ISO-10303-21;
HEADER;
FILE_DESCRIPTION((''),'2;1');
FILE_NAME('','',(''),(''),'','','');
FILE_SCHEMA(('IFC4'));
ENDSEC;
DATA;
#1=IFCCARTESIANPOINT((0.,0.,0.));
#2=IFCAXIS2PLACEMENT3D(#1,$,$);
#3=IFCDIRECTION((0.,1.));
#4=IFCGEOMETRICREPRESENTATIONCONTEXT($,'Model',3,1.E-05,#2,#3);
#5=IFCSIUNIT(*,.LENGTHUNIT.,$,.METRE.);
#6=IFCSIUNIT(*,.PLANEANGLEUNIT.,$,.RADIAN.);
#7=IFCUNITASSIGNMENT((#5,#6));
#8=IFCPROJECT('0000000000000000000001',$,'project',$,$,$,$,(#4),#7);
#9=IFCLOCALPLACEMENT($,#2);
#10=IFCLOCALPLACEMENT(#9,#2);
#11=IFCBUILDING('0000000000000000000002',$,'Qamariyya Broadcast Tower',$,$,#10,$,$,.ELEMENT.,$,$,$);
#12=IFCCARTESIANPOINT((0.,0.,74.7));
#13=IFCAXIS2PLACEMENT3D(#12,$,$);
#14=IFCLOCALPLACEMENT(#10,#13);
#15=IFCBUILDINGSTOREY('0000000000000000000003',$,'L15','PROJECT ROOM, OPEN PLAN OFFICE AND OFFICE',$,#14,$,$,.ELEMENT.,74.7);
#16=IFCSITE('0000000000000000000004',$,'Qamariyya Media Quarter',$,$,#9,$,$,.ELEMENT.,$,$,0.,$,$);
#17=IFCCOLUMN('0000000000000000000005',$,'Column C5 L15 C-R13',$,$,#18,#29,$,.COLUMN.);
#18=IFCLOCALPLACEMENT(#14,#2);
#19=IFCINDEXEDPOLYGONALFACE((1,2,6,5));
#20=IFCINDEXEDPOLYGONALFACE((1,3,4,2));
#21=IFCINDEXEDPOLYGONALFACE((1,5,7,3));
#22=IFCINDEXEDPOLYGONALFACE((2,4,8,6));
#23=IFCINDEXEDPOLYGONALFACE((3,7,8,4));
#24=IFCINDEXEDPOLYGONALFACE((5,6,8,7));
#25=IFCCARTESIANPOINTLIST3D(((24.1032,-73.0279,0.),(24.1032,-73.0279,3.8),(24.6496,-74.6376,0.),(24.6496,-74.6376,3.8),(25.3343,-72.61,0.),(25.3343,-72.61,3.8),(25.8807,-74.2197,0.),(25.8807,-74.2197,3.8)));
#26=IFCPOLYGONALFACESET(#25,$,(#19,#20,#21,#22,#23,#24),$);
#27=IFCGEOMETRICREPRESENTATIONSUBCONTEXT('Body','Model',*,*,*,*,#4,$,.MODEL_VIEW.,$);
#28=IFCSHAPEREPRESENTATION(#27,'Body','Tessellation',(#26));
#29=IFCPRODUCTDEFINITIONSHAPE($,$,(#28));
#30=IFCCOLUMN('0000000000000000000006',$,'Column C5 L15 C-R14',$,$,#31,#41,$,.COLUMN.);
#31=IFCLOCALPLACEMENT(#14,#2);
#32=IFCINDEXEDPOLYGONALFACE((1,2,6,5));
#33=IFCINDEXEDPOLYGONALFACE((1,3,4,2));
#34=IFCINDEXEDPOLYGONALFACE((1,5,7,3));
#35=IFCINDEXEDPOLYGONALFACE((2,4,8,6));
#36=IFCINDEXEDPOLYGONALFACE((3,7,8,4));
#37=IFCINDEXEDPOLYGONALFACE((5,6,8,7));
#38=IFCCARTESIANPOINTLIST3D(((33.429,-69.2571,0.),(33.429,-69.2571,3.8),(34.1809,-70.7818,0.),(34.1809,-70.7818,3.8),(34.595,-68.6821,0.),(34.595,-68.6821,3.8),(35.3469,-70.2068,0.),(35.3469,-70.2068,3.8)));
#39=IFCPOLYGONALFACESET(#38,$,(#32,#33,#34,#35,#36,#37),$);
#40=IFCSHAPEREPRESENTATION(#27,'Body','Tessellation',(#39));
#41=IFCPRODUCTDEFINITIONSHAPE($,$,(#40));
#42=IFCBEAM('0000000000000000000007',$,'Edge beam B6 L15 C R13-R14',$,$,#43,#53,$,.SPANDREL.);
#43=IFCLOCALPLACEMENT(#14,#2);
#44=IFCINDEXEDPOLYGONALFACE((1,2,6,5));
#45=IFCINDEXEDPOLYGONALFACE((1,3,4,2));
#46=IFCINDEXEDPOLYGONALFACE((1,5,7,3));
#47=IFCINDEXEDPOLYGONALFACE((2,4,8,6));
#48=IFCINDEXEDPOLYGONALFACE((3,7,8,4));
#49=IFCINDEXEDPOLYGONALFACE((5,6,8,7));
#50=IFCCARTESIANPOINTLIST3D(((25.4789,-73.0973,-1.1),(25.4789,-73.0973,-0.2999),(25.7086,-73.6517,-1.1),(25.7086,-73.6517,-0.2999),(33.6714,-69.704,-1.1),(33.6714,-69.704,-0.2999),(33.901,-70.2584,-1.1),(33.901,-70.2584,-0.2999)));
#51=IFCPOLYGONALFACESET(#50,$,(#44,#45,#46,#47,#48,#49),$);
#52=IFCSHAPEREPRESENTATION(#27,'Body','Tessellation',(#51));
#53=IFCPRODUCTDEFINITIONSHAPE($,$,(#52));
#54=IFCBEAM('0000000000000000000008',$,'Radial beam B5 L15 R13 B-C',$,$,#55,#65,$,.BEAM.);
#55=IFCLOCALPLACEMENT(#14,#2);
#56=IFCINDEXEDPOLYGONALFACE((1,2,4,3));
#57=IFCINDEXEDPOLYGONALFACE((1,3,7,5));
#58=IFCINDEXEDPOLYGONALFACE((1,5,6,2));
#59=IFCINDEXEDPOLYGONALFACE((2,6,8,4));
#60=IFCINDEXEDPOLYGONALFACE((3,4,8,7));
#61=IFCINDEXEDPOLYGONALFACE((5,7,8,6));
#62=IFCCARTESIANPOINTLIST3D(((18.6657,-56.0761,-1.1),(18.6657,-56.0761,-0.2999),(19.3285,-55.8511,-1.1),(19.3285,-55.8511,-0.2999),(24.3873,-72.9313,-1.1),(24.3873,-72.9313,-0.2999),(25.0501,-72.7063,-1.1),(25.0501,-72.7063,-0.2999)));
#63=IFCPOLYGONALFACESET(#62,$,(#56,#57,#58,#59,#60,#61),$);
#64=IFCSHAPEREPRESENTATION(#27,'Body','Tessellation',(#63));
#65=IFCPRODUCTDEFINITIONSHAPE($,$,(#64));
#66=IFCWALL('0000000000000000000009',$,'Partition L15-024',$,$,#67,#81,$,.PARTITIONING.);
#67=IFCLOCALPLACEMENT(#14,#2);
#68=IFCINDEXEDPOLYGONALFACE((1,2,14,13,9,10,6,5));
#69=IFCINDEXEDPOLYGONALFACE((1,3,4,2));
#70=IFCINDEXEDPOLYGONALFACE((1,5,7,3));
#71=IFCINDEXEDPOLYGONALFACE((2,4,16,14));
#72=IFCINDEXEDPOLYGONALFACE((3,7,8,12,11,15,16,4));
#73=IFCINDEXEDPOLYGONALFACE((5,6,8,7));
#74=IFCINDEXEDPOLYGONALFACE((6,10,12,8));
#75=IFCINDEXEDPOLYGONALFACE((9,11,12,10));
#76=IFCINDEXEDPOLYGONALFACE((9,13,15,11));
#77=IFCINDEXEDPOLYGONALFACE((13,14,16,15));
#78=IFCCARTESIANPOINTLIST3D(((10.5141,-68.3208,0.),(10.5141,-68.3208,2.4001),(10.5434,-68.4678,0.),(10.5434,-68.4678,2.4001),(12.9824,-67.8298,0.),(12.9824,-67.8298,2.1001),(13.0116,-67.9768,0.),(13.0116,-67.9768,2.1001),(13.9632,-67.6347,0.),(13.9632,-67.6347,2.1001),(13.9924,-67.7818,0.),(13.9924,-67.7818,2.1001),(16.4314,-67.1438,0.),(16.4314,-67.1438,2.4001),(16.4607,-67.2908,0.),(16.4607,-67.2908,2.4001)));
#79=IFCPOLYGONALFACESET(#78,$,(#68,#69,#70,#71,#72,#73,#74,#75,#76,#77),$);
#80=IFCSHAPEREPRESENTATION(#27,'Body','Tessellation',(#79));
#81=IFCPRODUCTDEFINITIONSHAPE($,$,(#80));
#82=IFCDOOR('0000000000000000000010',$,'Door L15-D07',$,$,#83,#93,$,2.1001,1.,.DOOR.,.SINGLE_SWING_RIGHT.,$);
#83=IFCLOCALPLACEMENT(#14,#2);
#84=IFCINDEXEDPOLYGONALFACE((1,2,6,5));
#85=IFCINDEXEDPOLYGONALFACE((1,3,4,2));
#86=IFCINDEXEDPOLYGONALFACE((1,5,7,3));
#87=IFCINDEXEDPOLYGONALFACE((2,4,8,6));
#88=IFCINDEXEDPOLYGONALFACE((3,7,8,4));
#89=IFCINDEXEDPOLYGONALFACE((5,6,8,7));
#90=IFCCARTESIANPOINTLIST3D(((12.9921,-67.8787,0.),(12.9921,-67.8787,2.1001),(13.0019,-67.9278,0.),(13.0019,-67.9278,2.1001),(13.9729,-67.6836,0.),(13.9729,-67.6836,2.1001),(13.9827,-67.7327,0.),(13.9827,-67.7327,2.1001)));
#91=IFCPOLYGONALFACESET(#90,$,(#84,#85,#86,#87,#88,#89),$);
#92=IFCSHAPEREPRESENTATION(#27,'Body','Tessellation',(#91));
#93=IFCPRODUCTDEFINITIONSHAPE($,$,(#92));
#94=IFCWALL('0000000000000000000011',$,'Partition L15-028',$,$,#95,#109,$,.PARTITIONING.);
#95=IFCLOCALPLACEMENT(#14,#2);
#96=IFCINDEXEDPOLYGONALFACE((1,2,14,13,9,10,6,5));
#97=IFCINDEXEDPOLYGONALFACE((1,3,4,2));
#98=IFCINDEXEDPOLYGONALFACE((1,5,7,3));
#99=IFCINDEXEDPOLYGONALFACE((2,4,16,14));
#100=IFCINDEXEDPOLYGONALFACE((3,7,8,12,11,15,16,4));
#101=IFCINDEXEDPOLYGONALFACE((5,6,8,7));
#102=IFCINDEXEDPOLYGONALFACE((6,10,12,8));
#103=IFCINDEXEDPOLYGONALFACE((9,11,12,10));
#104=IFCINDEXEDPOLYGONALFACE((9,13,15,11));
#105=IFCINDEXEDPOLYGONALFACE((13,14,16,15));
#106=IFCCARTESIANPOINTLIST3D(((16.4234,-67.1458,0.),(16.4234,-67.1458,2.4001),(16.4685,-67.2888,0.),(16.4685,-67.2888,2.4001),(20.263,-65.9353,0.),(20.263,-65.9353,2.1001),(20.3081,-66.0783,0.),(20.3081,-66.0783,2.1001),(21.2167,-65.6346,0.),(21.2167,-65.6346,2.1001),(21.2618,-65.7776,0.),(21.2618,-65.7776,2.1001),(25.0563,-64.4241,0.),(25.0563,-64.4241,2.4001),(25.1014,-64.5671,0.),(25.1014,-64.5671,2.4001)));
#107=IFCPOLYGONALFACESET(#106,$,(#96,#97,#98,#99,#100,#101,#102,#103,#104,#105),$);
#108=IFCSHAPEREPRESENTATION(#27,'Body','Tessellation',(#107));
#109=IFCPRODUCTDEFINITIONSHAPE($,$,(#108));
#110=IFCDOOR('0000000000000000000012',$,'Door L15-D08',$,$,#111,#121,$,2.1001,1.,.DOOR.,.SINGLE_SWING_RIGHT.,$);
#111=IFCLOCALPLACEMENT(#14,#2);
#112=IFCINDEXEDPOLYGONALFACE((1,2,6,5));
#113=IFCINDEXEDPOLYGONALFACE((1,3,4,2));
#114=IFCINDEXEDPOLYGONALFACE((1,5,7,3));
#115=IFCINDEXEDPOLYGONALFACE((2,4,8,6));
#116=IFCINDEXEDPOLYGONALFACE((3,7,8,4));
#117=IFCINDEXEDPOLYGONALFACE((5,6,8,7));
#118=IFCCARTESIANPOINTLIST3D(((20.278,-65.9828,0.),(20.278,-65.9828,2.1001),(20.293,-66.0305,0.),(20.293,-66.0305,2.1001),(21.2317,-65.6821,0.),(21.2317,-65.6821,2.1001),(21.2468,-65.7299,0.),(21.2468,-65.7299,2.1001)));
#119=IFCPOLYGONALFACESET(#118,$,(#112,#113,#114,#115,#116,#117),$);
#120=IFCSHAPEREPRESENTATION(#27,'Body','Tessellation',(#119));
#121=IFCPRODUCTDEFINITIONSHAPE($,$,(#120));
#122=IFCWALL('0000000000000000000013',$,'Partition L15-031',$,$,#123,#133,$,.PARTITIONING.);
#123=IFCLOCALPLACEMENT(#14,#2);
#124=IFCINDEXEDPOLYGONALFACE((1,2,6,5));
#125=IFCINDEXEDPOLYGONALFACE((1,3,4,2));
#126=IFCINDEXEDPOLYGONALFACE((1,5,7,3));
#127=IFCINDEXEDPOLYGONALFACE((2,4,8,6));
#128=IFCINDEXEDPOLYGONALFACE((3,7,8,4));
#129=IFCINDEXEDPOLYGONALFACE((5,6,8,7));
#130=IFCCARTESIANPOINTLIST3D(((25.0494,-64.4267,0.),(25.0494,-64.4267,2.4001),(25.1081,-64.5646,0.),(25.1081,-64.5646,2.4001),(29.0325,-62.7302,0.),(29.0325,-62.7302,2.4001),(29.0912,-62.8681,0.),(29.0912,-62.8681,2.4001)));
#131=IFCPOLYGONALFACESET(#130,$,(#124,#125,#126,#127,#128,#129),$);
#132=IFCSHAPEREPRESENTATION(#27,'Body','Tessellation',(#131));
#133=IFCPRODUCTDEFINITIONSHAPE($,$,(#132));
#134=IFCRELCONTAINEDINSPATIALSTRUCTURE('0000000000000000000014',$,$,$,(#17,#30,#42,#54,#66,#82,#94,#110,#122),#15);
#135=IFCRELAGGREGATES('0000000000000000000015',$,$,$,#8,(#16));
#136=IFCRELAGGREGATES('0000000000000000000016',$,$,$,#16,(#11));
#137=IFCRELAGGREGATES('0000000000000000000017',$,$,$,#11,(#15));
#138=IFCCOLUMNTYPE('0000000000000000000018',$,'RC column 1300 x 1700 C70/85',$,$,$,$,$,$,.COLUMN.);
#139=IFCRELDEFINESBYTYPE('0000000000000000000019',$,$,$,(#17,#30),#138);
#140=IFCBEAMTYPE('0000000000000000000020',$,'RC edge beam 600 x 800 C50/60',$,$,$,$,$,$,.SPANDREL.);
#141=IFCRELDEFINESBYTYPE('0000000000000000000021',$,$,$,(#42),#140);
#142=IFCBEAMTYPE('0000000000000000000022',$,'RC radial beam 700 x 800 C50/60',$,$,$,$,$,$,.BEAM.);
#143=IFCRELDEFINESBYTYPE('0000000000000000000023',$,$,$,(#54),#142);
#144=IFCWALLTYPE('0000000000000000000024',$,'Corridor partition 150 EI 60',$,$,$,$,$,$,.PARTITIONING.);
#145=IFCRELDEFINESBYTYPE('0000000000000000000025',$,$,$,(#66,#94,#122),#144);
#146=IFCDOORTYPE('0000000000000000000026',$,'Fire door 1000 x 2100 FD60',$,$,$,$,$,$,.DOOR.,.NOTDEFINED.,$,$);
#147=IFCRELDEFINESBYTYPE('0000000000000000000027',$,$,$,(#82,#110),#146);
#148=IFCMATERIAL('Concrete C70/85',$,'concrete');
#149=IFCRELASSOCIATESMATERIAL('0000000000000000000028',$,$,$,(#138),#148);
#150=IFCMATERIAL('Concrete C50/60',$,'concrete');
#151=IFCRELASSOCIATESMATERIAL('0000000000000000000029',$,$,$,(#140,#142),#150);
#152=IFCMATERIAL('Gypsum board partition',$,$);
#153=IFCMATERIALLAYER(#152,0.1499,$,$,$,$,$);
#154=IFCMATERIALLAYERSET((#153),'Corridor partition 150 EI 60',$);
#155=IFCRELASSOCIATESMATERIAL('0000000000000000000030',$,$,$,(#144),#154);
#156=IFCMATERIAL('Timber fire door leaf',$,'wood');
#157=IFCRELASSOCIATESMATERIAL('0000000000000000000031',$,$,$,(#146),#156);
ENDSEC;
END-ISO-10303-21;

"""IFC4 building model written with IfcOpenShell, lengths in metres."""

from ifc_helpers import new_model, si_unit, direction, frame, frame_2d, origin, origin_2d, place, context, subcontext, project, spatial, rectangle, extrude, material, layer, layer_set, material_profile, profile_set, type_object, element, fill, save


model = new_model("IFC4")

# Units and contexts
model_context = context("Model", 3, precision=1e-05, world=origin(), true_north=direction((0.0, 1.0)))
body_context = subcontext(model_context, "Body", "Model", "MODEL_VIEW")
ifc_project = project(units=[si_unit("LENGTHUNIT", "METRE"), si_unit("PLANEANGLEUNIT", "RADIAN")], contexts=[model_context])

# Site, building, storey
site_placement = place(None, origin())
site = spatial("IfcSite", under=ifc_project, at=site_placement, Name="Qamariyya Media Quarter", CompositionType="ELEMENT", RefElevation=0.0)
building_placement = place(site_placement, origin())
building = spatial("IfcBuilding", under=site, at=building_placement, Name="Qamariyya Broadcast Tower", CompositionType="ELEMENT")
storey_placement = place(building_placement, frame((0.0, 0.0, 74.7)))
storey = spatial("IfcBuildingStorey", under=building, at=storey_placement, Name="L15", Description="PROJECT ROOM, OPEN PLAN OFFICE AND OFFICE", CompositionType="ELEMENT", Elevation=74.7)

# Columns
ifc_material_1 = material(Name="Concrete C70/85", Category="concrete")
ifc_material_profile_1 = material_profile(ifc_material_1, rectangle(XDim=1.3, YDim=1.7, at=origin_2d()))
ifc_profile_set_1 = profile_set([ifc_material_profile_1], Name="Concrete C70/85")
column_type = type_object("IfcColumnType", Name="RC column 1300 x 1700 C70/85", PredefinedType="COLUMN", material=ifc_profile_set_1)
for number, where, z_axis, x_axis, name in (
    (1, (24.9919, -73.6238, 0.0), (0.0, 0.0, 1.0), (0.94693, 0.321439, 0.0), "Column C5 L15 C-R13"),
    (2, (34.3879, -69.7319, 0.0), (0.0, 0.0, 1.0), (0.896873, 0.442289, 0.0), "Column C5 L15 C-R14"),
):
    element("IfcColumn", number, at=place(storey_placement, frame(where, z_axis=z_axis, x_axis=x_axis)), inside=storey, type_object=column_type, Name=name, PredefinedType="COLUMN", context=body_context, shape_type="SweptSolid", body=[
        extrude(rectangle(XDim=1.3, YDim=1.7, at=origin_2d()), origin(), (0.0, 0.0, 1.0), 3.8),
    ])

# Beams
ifc_material_2 = material(Name="Concrete C50/60", Category="concrete")
ifc_material_profile_2 = material_profile(ifc_material_2, rectangle(XDim=0.6001, YDim=0.8, at=origin_2d()))
ifc_profile_set_2 = profile_set([ifc_material_profile_2], Name="Concrete C50/60")
beam_type_1 = type_object("IfcBeamType", Name="RC edge beam 600 x 800 C50/60", PredefinedType="SPANDREL", material=ifc_profile_set_2)
beam_1_placement = place(storey_placement, frame((25.5938, -73.3745, -0.7), z_axis=(0.923883, 0.382675, 0.0), x_axis=(-0.382675, 0.923883, 0.0)))
element("IfcBeam", 3, at=beam_1_placement, inside=storey, type_object=beam_type_1, Name="Edge beam B6 L15 C R13-R14", PredefinedType="SPANDREL", context=body_context, shape_type="SweptSolid", body=[
    extrude(rectangle(XDim=0.6001, YDim=0.8, at=origin_2d()), origin(), (0.0, 0.0, 1.0), 8.8674),
])
ifc_material_profile_3 = material_profile(ifc_material_2, rectangle(XDim=0.7, YDim=0.8, at=origin_2d()))
ifc_profile_set_3 = profile_set([ifc_material_profile_3], Name="Concrete C50/60")
beam_type_2 = type_object("IfcBeamType", Name="RC radial beam 700 x 800 C50/60", PredefinedType="BEAM", material=ifc_profile_set_3)
beam_2_placement = place(storey_placement, frame((18.9971, -55.9636, -0.7), z_axis=(0.321445, -0.946928, 0.0), x_axis=(0.946928, 0.321445, 0.0)))
element("IfcBeam", 4, at=beam_2_placement, inside=storey, type_object=beam_type_2, Name="Radial beam B5 L15 R13 B-C", PredefinedType="BEAM", context=body_context, shape_type="SweptSolid", body=[
    extrude(rectangle(XDim=0.7, YDim=0.8, at=origin_2d()), origin(), (0.0, 0.0, 1.0), 17.7998),
])

# Walls, openings, doors
ifc_material_3 = material(Name="Gypsum board partition")
ifc_layer_1 = layer(ifc_material_3, 0.1499)
ifc_layer_set_1 = layer_set([ifc_layer_1], Name="Corridor partition 150 EI 60")
wall_type_1 = type_object("IfcWallType", Name="Corridor partition 150 EI 60", PredefinedType="PARTITIONING", material=ifc_layer_set_1)
wall_1_placement = place(storey_placement, frame((16.446, -67.2173, 0.0), z_axis=(0.0, 0.0, 1.0), x_axis=(-0.980786, -0.195089, 0.0)))
wall_1 = element("IfcWall", 5, at=wall_1_placement, inside=storey, type_object=wall_type_1, Name="Partition L15-024", PredefinedType="PARTITIONING", context=body_context, shape_type="SweptSolid", body=[
    extrude(rectangle(XDim=6.0332, YDim=0.1499, at=frame_2d((3.0166, 0.0))), origin(), (0.0, 0.0, 1.0), 2.4001),
])
opening_1_placement = place(wall_1_placement, frame((2.5166, 0.0, 0.0)))
opening_1 = element("IfcOpeningElement", 6, at=opening_1_placement, cuts=wall_1, PredefinedType="OPENING", context=body_context, shape_type="SweptSolid", body=[
    extrude(rectangle(XDim=1.0, YDim=2.1001, at=frame_2d((0.5, 1.05))), frame((0.0, 0.085, 0.0), z_axis=(0.0, -1.0, 0.0), x_axis=(1.0, 0.0, 0.0)), (0.0, 0.0, 1.0), 0.1699),
])
ifc_material_4 = material(Name="Timber fire door leaf", Category="wood")
door_type_1 = type_object("IfcDoorType", Name="Fire door 1000 x 2100 FD60", OperationType="NOTDEFINED", PredefinedType="DOOR", material=ifc_material_4)
door_1_placement = place(opening_1_placement, origin())
door_1 = element("IfcDoor", 7, at=door_1_placement, inside=storey, type_object=door_type_1, Name="Door L15-D07", OperationType="SINGLE_SWING_RIGHT", OverallHeight=2.1001, OverallWidth=1.0, PredefinedType="DOOR", context=body_context, shape_type="SweptSolid", body=[
    extrude(rectangle(XDim=1.0, YDim=2.1001, at=frame_2d((0.5, 1.05))), frame((0.0, 0.0249, 0.0), z_axis=(0.0, -1.0, 0.0), x_axis=(1.0, 0.0, 0.0)), (0.0, 0.0, 1.0), 0.05),
])
fill(opening_1, door_1)
wall_2_placement = place(storey_placement, frame((25.0789, -64.4956, 0.0), z_axis=(0.0, 0.0, 1.0), x_axis=(-0.953724, -0.300682, 0.0)))
wall_2 = element("IfcWall", 8, at=wall_2_placement, inside=storey, type_object=wall_type_1, Name="Partition L15-028", PredefinedType="PARTITIONING", context=body_context, shape_type="SweptSolid", body=[
    extrude(rectangle(XDim=9.0518, YDim=0.1499, at=frame_2d((4.5259, 0.0))), origin(), (0.0, 0.0, 1.0), 2.4001),
])
opening_2_placement = place(wall_2_placement, frame((4.0259, 0.0, 0.0)))
opening_2 = element("IfcOpeningElement", 9, at=opening_2_placement, cuts=wall_2, PredefinedType="OPENING", context=body_context, shape_type="SweptSolid", body=[
    extrude(rectangle(XDim=1.0, YDim=2.1001, at=frame_2d((0.5, 1.05))), frame((0.0, 0.085, 0.0), z_axis=(0.0, -1.0, 0.0), x_axis=(1.0, 0.0, 0.0)), (0.0, 0.0, 1.0), 0.1699),
])
door_2_placement = place(opening_2_placement, origin())
door_2 = element("IfcDoor", 10, at=door_2_placement, inside=storey, type_object=door_type_1, Name="Door L15-D08", OperationType="SINGLE_SWING_RIGHT", OverallHeight=2.1001, OverallWidth=1.0, PredefinedType="DOOR", context=body_context, shape_type="SweptSolid", body=[
    extrude(rectangle(XDim=1.0, YDim=2.1001, at=frame_2d((0.5, 1.05))), frame((0.0, 0.0249, 0.0), z_axis=(0.0, -1.0, 0.0), x_axis=(1.0, 0.0, 0.0)), (0.0, 0.0, 1.0), 0.05),
])
fill(opening_2, door_2)

# Wall
wall_3_placement = place(storey_placement, frame((25.0789, -64.4956, 0.0), z_axis=(0.0, 0.0, 1.0), x_axis=(0.920024, 0.391863, 0.0)))
element("IfcWall", 11, at=wall_3_placement, inside=storey, type_object=wall_type_1, Name="Partition L15-031", PredefinedType="PARTITIONING", context=body_context, shape_type="SweptSolid", body=[
    extrude(rectangle(XDim=4.3293, YDim=0.1499, at=frame_2d((2.1646, 0.0))), origin(), (0.0, 0.0, 1.0), 2.4001),
])

save(model, "model.ifc")
